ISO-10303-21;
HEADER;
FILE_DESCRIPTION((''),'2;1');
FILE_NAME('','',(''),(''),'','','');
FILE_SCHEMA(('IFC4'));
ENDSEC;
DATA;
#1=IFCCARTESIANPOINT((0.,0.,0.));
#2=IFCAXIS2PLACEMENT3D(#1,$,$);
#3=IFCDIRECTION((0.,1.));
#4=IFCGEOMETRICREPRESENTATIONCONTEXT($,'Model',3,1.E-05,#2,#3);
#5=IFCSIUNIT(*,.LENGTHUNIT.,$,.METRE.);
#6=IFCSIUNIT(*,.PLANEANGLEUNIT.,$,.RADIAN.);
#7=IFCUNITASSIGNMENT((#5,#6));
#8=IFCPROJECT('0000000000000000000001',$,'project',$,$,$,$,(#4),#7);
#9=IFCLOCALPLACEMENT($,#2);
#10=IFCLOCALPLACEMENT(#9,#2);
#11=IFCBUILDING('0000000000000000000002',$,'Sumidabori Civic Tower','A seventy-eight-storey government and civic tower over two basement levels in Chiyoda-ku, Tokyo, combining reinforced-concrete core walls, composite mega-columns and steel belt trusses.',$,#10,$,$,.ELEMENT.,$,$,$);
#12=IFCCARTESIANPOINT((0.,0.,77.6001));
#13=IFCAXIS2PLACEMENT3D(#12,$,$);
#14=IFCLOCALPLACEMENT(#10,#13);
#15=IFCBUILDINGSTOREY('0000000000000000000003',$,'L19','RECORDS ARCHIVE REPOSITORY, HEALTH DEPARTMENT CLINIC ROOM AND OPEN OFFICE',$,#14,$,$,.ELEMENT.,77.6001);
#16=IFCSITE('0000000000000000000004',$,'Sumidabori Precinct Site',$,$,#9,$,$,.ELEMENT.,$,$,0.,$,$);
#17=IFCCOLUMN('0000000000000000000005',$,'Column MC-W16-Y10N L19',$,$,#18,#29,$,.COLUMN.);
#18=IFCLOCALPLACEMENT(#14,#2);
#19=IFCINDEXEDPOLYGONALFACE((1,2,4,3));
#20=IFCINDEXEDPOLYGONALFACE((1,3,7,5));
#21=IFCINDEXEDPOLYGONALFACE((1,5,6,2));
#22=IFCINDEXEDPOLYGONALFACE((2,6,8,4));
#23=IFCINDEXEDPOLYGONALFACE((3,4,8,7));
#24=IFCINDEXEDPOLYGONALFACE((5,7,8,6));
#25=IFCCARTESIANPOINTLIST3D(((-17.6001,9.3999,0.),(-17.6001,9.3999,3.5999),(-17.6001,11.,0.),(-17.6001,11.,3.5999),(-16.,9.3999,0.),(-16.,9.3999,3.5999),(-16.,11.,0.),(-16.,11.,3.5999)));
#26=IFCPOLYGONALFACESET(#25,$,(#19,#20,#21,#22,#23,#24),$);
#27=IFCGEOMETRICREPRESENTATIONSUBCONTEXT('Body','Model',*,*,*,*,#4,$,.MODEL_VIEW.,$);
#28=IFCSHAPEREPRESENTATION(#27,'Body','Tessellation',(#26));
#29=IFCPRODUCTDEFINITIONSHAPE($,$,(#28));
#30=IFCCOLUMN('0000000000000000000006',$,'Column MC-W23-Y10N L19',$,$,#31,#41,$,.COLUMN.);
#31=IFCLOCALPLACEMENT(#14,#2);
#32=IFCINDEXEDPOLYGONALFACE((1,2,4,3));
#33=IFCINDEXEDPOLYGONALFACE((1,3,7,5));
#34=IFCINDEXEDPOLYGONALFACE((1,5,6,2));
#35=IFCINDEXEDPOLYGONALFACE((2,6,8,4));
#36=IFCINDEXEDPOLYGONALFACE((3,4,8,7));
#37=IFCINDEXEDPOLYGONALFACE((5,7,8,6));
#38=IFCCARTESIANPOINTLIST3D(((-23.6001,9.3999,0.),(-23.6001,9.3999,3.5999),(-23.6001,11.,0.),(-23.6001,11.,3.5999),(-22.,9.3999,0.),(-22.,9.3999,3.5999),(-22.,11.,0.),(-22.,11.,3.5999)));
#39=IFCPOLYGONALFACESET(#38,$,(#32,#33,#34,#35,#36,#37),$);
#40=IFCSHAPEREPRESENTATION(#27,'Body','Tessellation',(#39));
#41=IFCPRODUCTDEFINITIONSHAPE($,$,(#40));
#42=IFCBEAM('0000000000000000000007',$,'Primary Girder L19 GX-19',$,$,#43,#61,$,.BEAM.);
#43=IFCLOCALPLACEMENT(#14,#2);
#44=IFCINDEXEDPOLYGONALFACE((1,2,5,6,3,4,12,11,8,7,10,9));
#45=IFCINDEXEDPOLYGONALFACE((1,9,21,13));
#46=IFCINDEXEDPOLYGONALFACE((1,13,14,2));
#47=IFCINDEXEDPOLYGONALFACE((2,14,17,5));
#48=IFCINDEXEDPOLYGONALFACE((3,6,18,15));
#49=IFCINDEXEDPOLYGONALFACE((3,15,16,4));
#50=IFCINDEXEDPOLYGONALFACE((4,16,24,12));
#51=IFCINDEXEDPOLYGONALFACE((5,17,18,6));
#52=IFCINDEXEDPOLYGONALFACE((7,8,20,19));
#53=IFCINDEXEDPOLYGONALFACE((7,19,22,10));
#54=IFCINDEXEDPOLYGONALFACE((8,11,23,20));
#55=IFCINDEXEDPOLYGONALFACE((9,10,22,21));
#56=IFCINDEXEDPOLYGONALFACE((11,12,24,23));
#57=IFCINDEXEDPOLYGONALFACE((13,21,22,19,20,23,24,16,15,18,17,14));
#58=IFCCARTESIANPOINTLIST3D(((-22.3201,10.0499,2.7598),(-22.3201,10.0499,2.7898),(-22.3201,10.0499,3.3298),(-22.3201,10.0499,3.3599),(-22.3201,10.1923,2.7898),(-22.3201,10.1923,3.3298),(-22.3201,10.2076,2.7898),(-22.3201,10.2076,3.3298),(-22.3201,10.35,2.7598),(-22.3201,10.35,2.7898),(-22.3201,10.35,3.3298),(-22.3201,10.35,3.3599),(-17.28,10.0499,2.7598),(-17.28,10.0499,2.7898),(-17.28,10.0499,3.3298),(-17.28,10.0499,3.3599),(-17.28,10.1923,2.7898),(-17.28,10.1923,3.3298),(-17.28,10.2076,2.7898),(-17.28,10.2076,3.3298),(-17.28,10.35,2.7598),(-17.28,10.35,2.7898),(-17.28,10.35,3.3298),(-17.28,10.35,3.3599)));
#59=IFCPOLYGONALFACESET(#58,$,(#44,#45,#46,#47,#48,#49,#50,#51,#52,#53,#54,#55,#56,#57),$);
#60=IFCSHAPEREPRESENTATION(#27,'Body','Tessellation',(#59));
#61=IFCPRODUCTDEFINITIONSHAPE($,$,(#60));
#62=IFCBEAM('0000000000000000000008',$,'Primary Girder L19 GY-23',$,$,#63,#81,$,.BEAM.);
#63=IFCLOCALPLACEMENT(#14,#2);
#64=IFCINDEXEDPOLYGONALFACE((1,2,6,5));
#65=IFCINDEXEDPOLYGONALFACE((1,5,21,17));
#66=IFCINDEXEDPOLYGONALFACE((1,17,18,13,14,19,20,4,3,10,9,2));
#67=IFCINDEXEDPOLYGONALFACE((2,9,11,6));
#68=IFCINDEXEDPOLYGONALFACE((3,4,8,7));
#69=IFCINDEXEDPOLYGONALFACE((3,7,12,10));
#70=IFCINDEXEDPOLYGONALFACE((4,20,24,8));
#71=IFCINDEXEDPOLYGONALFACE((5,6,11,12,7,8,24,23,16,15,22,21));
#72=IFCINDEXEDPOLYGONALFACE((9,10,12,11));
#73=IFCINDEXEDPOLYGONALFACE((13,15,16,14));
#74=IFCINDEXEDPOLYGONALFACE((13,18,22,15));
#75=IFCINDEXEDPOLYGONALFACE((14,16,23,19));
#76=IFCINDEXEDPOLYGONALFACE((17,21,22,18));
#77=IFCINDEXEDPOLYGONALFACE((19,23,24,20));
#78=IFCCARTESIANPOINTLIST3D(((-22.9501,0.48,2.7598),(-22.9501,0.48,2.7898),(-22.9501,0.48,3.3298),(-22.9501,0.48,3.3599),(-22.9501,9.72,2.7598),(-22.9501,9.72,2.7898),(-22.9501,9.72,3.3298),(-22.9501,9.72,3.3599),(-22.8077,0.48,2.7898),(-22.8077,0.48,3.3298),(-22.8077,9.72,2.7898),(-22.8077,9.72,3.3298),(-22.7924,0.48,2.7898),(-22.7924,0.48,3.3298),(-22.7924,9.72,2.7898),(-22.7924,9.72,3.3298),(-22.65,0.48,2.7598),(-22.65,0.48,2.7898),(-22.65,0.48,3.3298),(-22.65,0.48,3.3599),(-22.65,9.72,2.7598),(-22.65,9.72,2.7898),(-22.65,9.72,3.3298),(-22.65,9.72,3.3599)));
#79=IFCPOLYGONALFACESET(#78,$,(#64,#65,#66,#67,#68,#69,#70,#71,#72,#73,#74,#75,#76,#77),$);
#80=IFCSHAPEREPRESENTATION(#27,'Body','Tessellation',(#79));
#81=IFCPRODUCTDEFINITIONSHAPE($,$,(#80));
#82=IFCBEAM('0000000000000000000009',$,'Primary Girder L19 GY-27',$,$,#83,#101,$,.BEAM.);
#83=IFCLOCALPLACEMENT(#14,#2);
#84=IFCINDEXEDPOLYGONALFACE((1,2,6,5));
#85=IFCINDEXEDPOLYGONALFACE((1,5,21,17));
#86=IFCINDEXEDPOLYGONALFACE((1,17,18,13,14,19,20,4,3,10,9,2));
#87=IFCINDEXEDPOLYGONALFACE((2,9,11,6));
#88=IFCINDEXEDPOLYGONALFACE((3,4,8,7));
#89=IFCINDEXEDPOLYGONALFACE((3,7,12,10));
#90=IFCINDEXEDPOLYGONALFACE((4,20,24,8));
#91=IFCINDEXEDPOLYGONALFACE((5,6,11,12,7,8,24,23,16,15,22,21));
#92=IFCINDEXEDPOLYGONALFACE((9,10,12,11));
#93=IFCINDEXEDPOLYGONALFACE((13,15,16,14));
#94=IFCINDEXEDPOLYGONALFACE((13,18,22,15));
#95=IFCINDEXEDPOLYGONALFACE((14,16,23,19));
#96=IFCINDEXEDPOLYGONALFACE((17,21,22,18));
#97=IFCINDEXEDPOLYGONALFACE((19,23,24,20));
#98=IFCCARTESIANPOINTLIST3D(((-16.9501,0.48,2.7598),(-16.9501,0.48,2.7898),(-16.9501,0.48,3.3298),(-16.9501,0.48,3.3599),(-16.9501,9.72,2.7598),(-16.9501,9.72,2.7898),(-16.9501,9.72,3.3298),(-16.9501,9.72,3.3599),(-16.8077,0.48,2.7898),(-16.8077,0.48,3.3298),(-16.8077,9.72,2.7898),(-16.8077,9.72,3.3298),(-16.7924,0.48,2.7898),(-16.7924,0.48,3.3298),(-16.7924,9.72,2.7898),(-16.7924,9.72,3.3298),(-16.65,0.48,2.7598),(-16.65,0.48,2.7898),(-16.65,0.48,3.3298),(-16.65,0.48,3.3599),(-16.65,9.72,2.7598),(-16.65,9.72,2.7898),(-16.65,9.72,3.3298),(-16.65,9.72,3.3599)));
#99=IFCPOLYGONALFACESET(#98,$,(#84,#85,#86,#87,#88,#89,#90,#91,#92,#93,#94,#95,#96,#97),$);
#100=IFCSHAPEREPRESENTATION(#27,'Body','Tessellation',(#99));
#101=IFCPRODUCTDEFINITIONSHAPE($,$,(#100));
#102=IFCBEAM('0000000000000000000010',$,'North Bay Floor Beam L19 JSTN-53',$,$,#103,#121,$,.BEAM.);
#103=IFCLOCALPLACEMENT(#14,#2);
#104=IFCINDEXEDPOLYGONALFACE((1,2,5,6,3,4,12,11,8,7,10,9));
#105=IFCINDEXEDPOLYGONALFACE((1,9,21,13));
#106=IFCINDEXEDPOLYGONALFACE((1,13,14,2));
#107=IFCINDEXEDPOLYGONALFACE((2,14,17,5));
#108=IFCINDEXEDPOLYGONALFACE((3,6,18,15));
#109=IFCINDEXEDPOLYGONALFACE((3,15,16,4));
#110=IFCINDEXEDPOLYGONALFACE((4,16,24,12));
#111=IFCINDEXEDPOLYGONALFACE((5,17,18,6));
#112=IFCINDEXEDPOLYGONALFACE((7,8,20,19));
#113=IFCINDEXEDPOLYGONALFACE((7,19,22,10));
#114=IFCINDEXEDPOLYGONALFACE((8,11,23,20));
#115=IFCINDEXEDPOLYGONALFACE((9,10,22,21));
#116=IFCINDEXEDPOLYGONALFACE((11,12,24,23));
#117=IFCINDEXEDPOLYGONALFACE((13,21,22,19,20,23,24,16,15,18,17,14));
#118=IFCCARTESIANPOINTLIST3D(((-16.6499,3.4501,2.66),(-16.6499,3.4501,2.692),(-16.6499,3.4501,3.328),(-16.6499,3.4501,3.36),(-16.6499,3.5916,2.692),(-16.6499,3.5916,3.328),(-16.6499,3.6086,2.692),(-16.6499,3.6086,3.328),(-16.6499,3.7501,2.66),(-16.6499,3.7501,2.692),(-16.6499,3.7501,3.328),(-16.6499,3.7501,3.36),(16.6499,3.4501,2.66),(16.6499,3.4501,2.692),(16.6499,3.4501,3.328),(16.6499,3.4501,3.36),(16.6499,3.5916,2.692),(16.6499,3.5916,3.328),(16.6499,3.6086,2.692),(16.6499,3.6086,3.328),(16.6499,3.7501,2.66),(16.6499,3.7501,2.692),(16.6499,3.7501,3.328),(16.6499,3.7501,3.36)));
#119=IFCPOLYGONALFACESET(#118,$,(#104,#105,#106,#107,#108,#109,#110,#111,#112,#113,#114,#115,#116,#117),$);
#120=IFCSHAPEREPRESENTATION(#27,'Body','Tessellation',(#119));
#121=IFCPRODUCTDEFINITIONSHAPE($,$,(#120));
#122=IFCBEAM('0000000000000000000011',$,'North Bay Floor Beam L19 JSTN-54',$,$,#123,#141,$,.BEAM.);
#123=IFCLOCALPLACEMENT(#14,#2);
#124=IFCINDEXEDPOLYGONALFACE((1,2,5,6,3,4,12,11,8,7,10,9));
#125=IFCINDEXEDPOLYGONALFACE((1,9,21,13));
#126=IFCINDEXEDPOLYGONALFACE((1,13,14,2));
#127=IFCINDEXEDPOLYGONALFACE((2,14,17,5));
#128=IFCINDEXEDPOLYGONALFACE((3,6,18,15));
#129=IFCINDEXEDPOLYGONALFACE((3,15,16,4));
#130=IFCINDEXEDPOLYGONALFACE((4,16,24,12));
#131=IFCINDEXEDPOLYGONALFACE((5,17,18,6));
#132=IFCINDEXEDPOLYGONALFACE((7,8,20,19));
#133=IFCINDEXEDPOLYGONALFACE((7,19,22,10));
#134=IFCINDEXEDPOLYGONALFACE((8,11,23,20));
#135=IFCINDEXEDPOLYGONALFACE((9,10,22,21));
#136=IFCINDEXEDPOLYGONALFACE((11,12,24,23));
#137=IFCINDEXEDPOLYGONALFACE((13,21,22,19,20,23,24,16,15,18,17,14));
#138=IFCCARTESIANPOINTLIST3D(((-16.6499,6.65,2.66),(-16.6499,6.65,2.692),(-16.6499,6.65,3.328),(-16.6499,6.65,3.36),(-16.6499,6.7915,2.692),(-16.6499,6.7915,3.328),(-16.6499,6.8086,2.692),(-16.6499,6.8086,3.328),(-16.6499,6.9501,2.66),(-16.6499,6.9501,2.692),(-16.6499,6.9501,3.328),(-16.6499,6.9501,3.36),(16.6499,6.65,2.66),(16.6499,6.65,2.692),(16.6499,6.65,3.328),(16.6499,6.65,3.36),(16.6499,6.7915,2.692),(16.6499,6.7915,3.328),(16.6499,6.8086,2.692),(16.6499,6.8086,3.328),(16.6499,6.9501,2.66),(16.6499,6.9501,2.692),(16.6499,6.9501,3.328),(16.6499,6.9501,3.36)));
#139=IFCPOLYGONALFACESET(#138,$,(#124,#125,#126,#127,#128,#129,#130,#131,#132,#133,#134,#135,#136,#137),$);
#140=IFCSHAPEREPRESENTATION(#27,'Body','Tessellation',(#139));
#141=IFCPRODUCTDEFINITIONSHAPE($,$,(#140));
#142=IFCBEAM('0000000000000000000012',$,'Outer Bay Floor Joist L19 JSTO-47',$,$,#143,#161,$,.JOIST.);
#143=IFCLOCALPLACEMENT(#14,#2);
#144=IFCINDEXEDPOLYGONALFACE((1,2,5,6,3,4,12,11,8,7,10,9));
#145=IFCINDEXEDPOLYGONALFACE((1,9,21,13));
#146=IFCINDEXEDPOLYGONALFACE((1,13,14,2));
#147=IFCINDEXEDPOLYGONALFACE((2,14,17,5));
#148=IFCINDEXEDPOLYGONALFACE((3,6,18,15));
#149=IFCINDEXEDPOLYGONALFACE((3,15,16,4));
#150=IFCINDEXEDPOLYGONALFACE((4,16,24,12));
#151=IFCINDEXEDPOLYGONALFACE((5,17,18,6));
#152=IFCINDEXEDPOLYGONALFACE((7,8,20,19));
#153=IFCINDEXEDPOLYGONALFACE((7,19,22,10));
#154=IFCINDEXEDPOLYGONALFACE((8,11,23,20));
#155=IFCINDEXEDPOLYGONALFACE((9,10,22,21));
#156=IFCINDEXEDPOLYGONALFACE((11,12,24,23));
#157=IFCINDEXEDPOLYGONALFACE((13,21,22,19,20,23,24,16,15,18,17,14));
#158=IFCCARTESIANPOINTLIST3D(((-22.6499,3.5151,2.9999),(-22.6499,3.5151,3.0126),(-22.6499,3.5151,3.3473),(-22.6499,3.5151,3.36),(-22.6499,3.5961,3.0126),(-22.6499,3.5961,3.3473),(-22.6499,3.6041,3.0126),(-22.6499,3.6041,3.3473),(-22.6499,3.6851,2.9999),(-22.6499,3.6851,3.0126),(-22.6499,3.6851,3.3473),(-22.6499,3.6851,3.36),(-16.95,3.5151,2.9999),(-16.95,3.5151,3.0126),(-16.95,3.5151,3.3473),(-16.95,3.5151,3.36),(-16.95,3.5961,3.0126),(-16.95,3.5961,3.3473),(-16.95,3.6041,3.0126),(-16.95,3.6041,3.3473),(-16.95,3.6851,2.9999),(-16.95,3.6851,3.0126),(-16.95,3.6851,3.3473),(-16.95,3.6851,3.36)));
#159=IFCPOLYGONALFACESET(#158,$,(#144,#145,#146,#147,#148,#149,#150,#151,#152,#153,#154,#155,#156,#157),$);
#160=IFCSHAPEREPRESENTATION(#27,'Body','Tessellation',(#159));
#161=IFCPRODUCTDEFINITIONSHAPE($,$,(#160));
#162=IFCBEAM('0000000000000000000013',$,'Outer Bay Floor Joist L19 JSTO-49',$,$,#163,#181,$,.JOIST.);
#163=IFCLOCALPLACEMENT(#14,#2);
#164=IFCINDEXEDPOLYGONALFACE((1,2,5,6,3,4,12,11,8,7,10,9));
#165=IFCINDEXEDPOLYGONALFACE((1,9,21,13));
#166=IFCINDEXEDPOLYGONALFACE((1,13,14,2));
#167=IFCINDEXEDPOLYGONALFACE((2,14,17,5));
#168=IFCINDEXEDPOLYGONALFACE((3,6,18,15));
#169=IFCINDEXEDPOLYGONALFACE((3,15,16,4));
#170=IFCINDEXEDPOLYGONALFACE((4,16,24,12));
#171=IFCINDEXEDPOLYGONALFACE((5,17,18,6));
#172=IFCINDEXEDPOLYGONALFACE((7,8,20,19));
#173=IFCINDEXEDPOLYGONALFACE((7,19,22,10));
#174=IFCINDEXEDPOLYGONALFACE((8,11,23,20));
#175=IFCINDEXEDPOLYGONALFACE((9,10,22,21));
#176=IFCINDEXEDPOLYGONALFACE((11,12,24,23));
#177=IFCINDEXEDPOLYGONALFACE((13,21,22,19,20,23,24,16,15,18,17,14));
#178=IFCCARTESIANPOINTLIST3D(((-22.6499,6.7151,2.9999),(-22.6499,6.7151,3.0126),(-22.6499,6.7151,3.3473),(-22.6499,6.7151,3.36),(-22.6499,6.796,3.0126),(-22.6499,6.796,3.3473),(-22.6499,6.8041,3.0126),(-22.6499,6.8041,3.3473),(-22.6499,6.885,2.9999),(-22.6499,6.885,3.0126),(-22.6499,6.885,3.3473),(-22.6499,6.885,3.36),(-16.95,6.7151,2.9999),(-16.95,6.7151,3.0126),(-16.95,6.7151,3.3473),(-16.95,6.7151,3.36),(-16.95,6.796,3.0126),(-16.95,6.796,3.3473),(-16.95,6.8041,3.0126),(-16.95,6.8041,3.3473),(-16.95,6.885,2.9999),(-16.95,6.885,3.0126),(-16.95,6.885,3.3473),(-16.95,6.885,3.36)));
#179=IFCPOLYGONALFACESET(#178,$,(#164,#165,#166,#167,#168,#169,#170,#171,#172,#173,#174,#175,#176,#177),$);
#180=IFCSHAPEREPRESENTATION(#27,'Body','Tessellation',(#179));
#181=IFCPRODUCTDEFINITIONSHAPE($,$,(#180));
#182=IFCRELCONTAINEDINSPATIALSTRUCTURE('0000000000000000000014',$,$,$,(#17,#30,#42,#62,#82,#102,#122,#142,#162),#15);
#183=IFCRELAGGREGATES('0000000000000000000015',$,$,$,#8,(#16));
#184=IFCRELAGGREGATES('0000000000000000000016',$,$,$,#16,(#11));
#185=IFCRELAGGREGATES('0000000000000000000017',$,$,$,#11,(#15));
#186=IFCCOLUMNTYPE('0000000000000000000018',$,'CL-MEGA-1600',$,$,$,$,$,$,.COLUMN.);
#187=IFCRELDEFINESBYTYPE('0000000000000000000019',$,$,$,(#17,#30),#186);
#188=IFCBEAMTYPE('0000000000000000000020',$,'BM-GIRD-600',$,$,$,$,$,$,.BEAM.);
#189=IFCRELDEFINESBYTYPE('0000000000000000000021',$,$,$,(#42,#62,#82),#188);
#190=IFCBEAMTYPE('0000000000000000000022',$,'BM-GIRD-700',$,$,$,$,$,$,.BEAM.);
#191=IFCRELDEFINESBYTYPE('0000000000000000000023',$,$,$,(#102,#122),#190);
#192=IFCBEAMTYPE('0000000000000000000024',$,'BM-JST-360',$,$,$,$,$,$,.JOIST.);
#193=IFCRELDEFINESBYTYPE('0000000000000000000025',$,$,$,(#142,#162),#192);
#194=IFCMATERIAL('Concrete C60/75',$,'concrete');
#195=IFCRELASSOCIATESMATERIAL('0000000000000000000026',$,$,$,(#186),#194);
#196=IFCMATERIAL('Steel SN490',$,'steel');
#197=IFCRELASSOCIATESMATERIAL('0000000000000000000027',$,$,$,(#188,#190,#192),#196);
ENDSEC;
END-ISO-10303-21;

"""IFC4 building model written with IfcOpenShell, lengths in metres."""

from ifc_helpers import new_model, si_unit, direction, frame, origin, origin_2d, place, context, subcontext, project, spatial, rectangle, i_section, extrude, source, transform, mapped, material, material_profile, profile_set, type_object, element, save


model = new_model("IFC4")

# Units and contexts
model_context = context("Model", 3, precision=1e-05, world=origin(), true_north=direction((0.0, 1.0)))
body_context = subcontext(model_context, "Body", "Model", "MODEL_VIEW")
ifc_project = project(units=[si_unit("LENGTHUNIT", "METRE"), si_unit("PLANEANGLEUNIT", "RADIAN")], contexts=[model_context])

# Site, building, storey
site_placement = place(None, origin())
site = spatial("IfcSite", under=ifc_project, at=site_placement, Name="Sumidabori Precinct Site", CompositionType="ELEMENT", RefElevation=0.0)
building_placement = place(site_placement, origin())
building = spatial("IfcBuilding", under=site, at=building_placement, Name="Sumidabori Civic Tower", Description="A seventy-eight-storey government and civic tower over two basement levels in Chiyoda-ku, Tokyo, combining reinforced-concrete core walls, composite mega-columns and steel belt trusses.", CompositionType="ELEMENT")
storey_placement = place(building_placement, frame((0.0, 0.0, 77.6001)))
storey = spatial("IfcBuildingStorey", under=building, at=storey_placement, Name="L19", Description="RECORDS ARCHIVE REPOSITORY, HEALTH DEPARTMENT CLINIC ROOM AND OPEN OFFICE", CompositionType="ELEMENT", Elevation=77.6001)

# Columns
ifc_material_1 = material(Name="Concrete C60/75", Category="concrete")
ifc_material_profile_1 = material_profile(ifc_material_1, rectangle(XDim=1.6001, YDim=1.6001, at=origin_2d()), Name="RC 1600x1600")
ifc_profile_set_1 = profile_set([ifc_material_profile_1], Name="Concrete C60/75")
column_type = type_object("IfcColumnType", Name="CL-MEGA-1600", PredefinedType="COLUMN", material=ifc_profile_set_1)
shared_shape_1 = source(origin(), body_context, "Body", "SweptSolid", [
    extrude(rectangle(XDim=1.6001, YDim=1.6001, at=origin_2d()), origin(), (0.0, 0.0, 1.0), 3.5999),
])
for number, where, z_axis, x_axis, name in (
    (1, (-16.8, 10.2, 0.0), (0.0, 0.0, 1.0), (1.0, 0.0, 0.0), "Column MC-W16-Y10N L19"),
    (2, (-22.8, 10.2, 0.0), (0.0, 0.0, 1.0), (1.0, 0.0, 0.0), "Column MC-W23-Y10N L19"),
):
    element("IfcColumn", number, at=place(storey_placement, frame(where, z_axis=z_axis, x_axis=x_axis)), inside=storey, type_object=column_type, Name=name, PredefinedType="COLUMN", context=body_context, shape_type="MappedRepresentation", body=[
        mapped(shared_shape_1, transform((0.0, 0.0, 0.0), x_axis=(1.0, 0.0, 0.0), y_axis=(0.0, 1.0, 0.0), z_axis=(0.0, 0.0, 1.0), scale=1.0)),
    ])

# Beams
ifc_material_2 = material(Name="Steel SN490", Category="steel")
ifc_material_profile_2 = material_profile(ifc_material_2, i_section(OverallWidth=0.3, OverallDepth=0.6001, WebThickness=0.0154, FlangeThickness=0.03, at=origin_2d()), Name="HE 600 B")
ifc_profile_set_2 = profile_set([ifc_material_profile_2], Name="Steel SN490")
beam_type_1 = type_object("IfcBeamType", Name="BM-GIRD-600", PredefinedType="BEAM", material=ifc_profile_set_2)
shared_shape_2 = source(origin(), body_context, "Body", "SweptSolid", [
    extrude(i_section(OverallWidth=0.3, OverallDepth=0.6001, WebThickness=0.0154, FlangeThickness=0.03, at=origin_2d()), origin(), (0.0, 0.0, 1.0), 5.04),
])
beam_placement = place(storey_placement, frame((-22.3201, 10.2, 3.0598), z_axis=(1.0, 0.0, 0.0), x_axis=(0.0, 1.0, 0.0)))
element("IfcBeam", 3, at=beam_placement, inside=storey, type_object=beam_type_1, Name="Primary Girder L19 GX-19", PredefinedType="BEAM", context=body_context, shape_type="MappedRepresentation", body=[
    mapped(shared_shape_2, transform((0.0, 0.0, 0.0), x_axis=(1.0, 0.0, 0.0), y_axis=(0.0, 1.0, 0.0), z_axis=(0.0, 0.0, 1.0), scale=1.0)),
])
shared_shape_3 = source(origin(), body_context, "Body", "SweptSolid", [
    extrude(i_section(OverallWidth=0.3, OverallDepth=0.6001, WebThickness=0.0154, FlangeThickness=0.03, at=origin_2d()), origin(), (0.0, 0.0, 1.0), 9.24),
])
for number, where, z_axis, x_axis, name in (
    (4, (-22.8, 0.48, 3.0598), (0.0, 1.0, 0.0), (-1.0, 0.0, 0.0), "Primary Girder L19 GY-23"),
    (5, (-16.8, 0.48, 3.0598), (0.0, 1.0, 0.0), (-1.0, 0.0, 0.0), "Primary Girder L19 GY-27"),
):
    element("IfcBeam", number, at=place(storey_placement, frame(where, z_axis=z_axis, x_axis=x_axis)), inside=storey, type_object=beam_type_1, Name=name, PredefinedType="BEAM", context=body_context, shape_type="MappedRepresentation", body=[
        mapped(shared_shape_3, transform((0.0, 0.0, 0.0), x_axis=(1.0, 0.0, 0.0), y_axis=(0.0, 1.0, 0.0), z_axis=(0.0, 0.0, 1.0), scale=1.0)),
    ])
ifc_material_profile_3 = material_profile(ifc_material_2, i_section(OverallWidth=0.3, OverallDepth=0.7, WebThickness=0.0171, FlangeThickness=0.032, at=origin_2d()), Name="HE 700 B")
ifc_profile_set_3 = profile_set([ifc_material_profile_3], Name="Steel SN490")
beam_type_2 = type_object("IfcBeamType", Name="BM-GIRD-700", PredefinedType="BEAM", material=ifc_profile_set_3)
shared_shape_4 = source(origin(), body_context, "Body", "SweptSolid", [
    extrude(i_section(OverallWidth=0.3, OverallDepth=0.7, WebThickness=0.0171, FlangeThickness=0.032, at=origin_2d()), origin(), (0.0, 0.0, 1.0), 33.2998),
])
for number, where, z_axis, x_axis, name in (
    (6, (-16.6499, 3.6001, 3.01), (1.0, 0.0, 0.0), (0.0, 1.0, 0.0), "North Bay Floor Beam L19 JSTN-53"),
    (7, (-16.6499, 6.8, 3.01), (1.0, 0.0, 0.0), (0.0, 1.0, 0.0), "North Bay Floor Beam L19 JSTN-54"),
):
    element("IfcBeam", number, at=place(storey_placement, frame(where, z_axis=z_axis, x_axis=x_axis)), inside=storey, type_object=beam_type_2, Name=name, PredefinedType="BEAM", context=body_context, shape_type="MappedRepresentation", body=[
        mapped(shared_shape_4, transform((0.0, 0.0, 0.0), x_axis=(1.0, 0.0, 0.0), y_axis=(0.0, 1.0, 0.0), z_axis=(0.0, 0.0, 1.0), scale=1.0)),
    ])
ifc_material_profile_4 = material_profile(ifc_material_2, i_section(OverallWidth=0.1699, OverallDepth=0.3601, WebThickness=0.0081, FlangeThickness=0.0127, at=origin_2d()), Name="IPE 360")
ifc_profile_set_4 = profile_set([ifc_material_profile_4], Name="Steel SN490")
beam_type_3 = type_object("IfcBeamType", Name="BM-JST-360", PredefinedType="JOIST", material=ifc_profile_set_4)
shared_shape_5 = source(origin(), body_context, "Body", "SweptSolid", [
    extrude(i_section(OverallWidth=0.1699, OverallDepth=0.3601, WebThickness=0.0081, FlangeThickness=0.0127, at=origin_2d()), origin(), (0.0, 0.0, 1.0), 5.7),
])
for number, where, z_axis, x_axis, name in (
    (8, (-22.6499, 3.6001, 3.1799), (1.0, 0.0, 0.0), (0.0, 1.0, 0.0), "Outer Bay Floor Joist L19 JSTO-47"),
    (9, (-22.6499, 6.8, 3.1799), (1.0, 0.0, 0.0), (0.0, 1.0, 0.0), "Outer Bay Floor Joist L19 JSTO-49"),
):
    element("IfcBeam", number, at=place(storey_placement, frame(where, z_axis=z_axis, x_axis=x_axis)), inside=storey, type_object=beam_type_3, Name=name, PredefinedType="JOIST", context=body_context, shape_type="MappedRepresentation", body=[
        mapped(shared_shape_5, transform((0.0, 0.0, 0.0), x_axis=(1.0, 0.0, 0.0), y_axis=(0.0, 1.0, 0.0), z_axis=(0.0, 0.0, 1.0), scale=1.0)),
    ])

save(model, "model.ifc")
